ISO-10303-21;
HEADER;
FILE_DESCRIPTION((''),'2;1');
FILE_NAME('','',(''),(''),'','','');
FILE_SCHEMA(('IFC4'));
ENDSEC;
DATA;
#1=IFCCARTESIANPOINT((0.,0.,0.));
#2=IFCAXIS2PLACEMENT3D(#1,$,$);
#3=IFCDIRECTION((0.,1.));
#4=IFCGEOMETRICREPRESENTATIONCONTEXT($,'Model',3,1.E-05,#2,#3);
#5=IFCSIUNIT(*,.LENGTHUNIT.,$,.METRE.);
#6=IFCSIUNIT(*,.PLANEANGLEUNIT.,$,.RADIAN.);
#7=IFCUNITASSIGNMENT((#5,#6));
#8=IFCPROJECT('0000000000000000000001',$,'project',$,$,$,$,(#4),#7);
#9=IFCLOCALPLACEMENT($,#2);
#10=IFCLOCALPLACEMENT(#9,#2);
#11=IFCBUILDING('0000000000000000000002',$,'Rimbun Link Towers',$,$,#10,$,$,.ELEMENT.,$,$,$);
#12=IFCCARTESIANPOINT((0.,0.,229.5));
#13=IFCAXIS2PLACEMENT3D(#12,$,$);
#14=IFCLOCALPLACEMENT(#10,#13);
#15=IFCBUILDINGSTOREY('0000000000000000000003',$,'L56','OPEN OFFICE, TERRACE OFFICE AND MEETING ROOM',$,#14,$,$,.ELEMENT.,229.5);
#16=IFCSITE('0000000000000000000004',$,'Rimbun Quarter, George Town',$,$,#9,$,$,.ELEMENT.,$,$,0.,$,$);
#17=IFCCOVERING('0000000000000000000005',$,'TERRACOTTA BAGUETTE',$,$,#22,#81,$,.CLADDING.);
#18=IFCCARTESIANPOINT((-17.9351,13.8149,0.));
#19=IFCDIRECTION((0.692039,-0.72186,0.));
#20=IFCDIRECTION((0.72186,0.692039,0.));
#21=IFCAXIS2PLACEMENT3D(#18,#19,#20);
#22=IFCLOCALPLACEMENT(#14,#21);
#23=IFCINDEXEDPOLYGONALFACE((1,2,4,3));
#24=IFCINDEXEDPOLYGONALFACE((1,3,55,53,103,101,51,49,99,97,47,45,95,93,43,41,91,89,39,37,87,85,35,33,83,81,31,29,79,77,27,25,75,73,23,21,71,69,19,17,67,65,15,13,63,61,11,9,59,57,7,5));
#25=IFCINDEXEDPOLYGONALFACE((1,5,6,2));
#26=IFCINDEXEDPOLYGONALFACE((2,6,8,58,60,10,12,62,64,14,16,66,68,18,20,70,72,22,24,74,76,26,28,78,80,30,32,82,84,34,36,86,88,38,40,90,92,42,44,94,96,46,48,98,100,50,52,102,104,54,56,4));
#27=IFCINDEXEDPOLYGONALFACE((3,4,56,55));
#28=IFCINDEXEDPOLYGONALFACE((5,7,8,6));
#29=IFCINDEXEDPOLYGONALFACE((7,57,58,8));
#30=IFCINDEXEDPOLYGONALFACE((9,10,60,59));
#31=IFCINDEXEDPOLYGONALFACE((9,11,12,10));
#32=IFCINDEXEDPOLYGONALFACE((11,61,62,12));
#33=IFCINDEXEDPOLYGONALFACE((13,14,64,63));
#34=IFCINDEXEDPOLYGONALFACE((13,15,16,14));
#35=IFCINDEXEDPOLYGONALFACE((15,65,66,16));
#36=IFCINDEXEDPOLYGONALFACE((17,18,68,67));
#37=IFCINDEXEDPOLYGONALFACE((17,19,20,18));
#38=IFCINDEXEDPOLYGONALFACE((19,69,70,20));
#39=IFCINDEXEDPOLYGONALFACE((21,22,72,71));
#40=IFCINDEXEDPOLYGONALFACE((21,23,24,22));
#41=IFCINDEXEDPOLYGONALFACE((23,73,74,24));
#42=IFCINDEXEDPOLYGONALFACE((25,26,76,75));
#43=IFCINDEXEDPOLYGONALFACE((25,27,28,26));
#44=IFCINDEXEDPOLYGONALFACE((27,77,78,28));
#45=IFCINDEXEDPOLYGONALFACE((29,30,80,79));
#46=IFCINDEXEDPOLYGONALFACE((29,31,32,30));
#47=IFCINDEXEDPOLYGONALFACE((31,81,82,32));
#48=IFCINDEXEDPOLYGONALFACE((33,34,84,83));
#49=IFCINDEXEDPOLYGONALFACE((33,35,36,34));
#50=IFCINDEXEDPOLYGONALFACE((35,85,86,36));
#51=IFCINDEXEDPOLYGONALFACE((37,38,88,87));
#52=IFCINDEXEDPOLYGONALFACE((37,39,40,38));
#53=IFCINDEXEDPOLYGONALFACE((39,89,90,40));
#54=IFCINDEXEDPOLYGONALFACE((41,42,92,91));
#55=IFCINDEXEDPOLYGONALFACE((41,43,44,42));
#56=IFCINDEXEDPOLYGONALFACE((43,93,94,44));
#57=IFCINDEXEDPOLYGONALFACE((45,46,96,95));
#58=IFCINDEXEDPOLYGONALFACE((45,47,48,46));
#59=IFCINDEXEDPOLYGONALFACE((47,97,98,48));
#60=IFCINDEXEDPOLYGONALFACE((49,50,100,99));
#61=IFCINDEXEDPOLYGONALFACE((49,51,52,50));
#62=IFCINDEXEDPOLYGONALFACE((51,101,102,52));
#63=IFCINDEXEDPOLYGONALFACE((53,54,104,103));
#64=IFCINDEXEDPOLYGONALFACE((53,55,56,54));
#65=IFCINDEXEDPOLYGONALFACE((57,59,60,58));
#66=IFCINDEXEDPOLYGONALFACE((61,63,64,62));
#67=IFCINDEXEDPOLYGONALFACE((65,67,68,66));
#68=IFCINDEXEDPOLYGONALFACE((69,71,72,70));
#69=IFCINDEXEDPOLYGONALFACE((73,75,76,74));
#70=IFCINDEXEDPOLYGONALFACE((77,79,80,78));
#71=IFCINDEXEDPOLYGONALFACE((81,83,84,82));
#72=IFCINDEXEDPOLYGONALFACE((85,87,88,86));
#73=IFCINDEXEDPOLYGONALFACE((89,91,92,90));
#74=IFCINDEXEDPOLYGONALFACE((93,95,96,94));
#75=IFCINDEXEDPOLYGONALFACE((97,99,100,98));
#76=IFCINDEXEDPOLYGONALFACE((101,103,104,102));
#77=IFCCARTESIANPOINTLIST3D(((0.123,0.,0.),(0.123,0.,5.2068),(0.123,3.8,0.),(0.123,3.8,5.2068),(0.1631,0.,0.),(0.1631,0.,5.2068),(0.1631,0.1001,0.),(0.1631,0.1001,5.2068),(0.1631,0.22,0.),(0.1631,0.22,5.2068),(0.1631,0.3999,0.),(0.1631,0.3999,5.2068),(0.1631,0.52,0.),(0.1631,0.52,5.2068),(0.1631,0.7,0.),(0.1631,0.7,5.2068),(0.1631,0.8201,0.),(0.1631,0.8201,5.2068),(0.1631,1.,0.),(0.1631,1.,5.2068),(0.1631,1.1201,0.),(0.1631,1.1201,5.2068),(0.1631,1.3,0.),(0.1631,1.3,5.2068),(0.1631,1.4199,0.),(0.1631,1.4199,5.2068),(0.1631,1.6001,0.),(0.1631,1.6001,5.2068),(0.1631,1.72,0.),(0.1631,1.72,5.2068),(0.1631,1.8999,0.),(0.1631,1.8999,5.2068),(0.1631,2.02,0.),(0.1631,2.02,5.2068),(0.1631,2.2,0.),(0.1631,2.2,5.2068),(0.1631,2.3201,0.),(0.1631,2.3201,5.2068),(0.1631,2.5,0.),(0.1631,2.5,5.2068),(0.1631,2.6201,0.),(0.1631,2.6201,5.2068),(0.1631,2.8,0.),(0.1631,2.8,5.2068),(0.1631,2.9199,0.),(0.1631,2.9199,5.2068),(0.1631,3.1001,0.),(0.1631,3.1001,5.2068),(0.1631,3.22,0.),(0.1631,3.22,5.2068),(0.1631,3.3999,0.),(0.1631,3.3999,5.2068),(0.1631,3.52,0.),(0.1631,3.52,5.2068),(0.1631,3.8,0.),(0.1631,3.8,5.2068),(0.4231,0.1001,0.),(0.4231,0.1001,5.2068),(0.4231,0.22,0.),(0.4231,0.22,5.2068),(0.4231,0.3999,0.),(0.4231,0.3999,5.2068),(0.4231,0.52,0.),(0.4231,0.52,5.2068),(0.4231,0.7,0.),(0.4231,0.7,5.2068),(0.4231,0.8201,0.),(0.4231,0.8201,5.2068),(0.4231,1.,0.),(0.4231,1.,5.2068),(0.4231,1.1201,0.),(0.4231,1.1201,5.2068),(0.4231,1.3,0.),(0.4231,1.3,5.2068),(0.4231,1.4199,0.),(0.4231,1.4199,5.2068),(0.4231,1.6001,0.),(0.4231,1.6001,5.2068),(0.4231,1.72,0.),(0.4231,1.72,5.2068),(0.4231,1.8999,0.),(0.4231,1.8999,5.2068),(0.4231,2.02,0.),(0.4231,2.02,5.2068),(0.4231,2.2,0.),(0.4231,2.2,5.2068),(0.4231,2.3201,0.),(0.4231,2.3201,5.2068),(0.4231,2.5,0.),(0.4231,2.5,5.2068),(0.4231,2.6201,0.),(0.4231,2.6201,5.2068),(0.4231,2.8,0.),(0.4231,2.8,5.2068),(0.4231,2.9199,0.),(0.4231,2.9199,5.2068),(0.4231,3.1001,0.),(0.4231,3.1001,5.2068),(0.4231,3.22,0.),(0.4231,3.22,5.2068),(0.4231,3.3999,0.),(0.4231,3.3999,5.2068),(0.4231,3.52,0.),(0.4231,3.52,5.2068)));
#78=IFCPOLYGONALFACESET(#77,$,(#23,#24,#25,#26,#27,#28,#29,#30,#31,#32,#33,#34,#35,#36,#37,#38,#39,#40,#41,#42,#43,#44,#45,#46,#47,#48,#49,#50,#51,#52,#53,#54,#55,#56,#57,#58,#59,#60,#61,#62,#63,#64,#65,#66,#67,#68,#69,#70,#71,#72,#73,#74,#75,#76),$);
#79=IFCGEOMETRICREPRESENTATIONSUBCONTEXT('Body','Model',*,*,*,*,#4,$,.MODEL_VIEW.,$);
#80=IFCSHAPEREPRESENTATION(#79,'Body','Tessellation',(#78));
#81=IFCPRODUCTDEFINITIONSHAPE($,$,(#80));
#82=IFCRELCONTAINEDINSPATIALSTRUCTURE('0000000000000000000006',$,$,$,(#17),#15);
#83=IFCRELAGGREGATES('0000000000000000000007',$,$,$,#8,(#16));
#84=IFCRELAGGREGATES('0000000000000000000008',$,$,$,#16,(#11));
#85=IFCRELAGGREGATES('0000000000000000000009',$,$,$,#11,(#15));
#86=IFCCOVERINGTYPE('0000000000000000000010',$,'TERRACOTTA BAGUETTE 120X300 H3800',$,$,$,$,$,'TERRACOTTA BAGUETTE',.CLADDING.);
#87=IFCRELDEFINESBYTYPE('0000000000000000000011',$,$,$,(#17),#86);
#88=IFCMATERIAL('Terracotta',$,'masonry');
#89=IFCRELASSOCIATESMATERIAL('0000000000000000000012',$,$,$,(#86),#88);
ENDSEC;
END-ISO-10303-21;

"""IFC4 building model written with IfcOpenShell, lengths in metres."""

from ifc_helpers import new_model, si_unit, direction, frame, origin, place, context, subcontext, project, spatial, polyline, outline, extrude, material, material_profile, profile_set, type_object, element, save


model = new_model("IFC4")

# Units and contexts
model_context = context("Model", 3, precision=1e-05, world=origin(), true_north=direction((0.0, 1.0)))
body_context = subcontext(model_context, "Body", "Model", "MODEL_VIEW")
ifc_project = project(units=[si_unit("LENGTHUNIT", "METRE"), si_unit("PLANEANGLEUNIT", "RADIAN")], contexts=[model_context])

# Site, building, storey
site_placement = place(None, origin())
site = spatial("IfcSite", under=ifc_project, at=site_placement, Name="Rimbun Quarter, George Town", CompositionType="ELEMENT", RefElevation=0.0)
building_placement = place(site_placement, origin())
building = spatial("IfcBuilding", under=site, at=building_placement, Name="Rimbun Link Towers", CompositionType="ELEMENT")
storey_placement = place(building_placement, frame((0.0, 0.0, 229.5)))
storey = spatial("IfcBuildingStorey", under=building, at=storey_placement, Name="L56", Description="OPEN OFFICE, TERRACE OFFICE AND MEETING ROOM", CompositionType="ELEMENT", Elevation=229.5)

# Covering
ifc_material_1 = material(Name="Terracotta", Category="masonry")
ifc_material_profile_1 = material_profile(ifc_material_1, outline(polyline([(0.123, 0.0), (0.1631, 0.0), (0.1631, 0.1001), (0.4231, 0.1001), (0.4231, 0.22), (0.1631, 0.22), (0.1631, 0.3999), (0.4231, 0.3999), (0.4231, 0.52), (0.1631, 0.52), (0.1631, 0.7), (0.4231, 0.7), (0.4231, 0.8201), (0.1631, 0.8201), (0.1631, 1.0), (0.4231, 1.0), (0.4231, 1.1201), (0.1631, 1.1201), (0.1631, 1.3), (0.4231, 1.3), (0.4231, 1.4199), (0.1631, 1.4199), (0.1631, 1.6001), (0.4231, 1.6001), (0.4231, 1.72), (0.1631, 1.72), (0.1631, 1.8999), (0.4231, 1.8999), (0.4231, 2.02), (0.1631, 2.02), (0.1631, 2.2), (0.4231, 2.2), (0.4231, 2.3201), (0.1631, 2.3201), (0.1631, 2.5), (0.4231, 2.5), (0.4231, 2.6201), (0.1631, 2.6201), (0.1631, 2.8), (0.4231, 2.8), (0.4231, 2.9199), (0.1631, 2.9199), (0.1631, 3.1001), (0.4231, 3.1001), (0.4231, 3.22), (0.1631, 3.22), (0.1631, 3.3999), (0.4231, 3.3999), (0.4231, 3.52), (0.1631, 3.52), (0.1631, 3.8), (0.123, 3.8), (0.123, 0.0)])), Name="BAGUETTE 120X300")
ifc_profile_set_1 = profile_set([ifc_material_profile_1], Name="Terracotta")
covering_type = type_object("IfcCoveringType", Name="TERRACOTTA BAGUETTE 120X300 H3800", ElementType="TERRACOTTA BAGUETTE", PredefinedType="CLADDING", material=ifc_profile_set_1)
covering_1_placement = place(storey_placement, frame((-17.9351, 13.8149, 0.0), z_axis=(0.692039, -0.72186, 0.0), x_axis=(0.72186, 0.692039, 0.0)))
element("IfcCovering", 1, at=covering_1_placement, inside=storey, type_object=covering_type, Name="TERRACOTTA BAGUETTE", PredefinedType="CLADDING", context=body_context, shape_type="SweptSolid", body=[
    extrude(outline(polyline([(0.123, 0.0), (0.1631, 0.0), (0.1631, 0.1001), (0.4231, 0.1001), (0.4231, 0.22), (0.1631, 0.22), (0.1631, 0.3999), (0.4231, 0.3999), (0.4231, 0.52), (0.1631, 0.52), (0.1631, 0.7), (0.4231, 0.7), (0.4231, 0.8201), (0.1631, 0.8201), (0.1631, 1.0), (0.4231, 1.0), (0.4231, 1.1201), (0.1631, 1.1201), (0.1631, 1.3), (0.4231, 1.3), (0.4231, 1.4199), (0.1631, 1.4199), (0.1631, 1.6001), (0.4231, 1.6001), (0.4231, 1.72), (0.1631, 1.72), (0.1631, 1.8999), (0.4231, 1.8999), (0.4231, 2.02), (0.1631, 2.02), (0.1631, 2.2), (0.4231, 2.2), (0.4231, 2.3201), (0.1631, 2.3201), (0.1631, 2.5), (0.4231, 2.5), (0.4231, 2.6201), (0.1631, 2.6201), (0.1631, 2.8), (0.4231, 2.8), (0.4231, 2.9199), (0.1631, 2.9199), (0.1631, 3.1001), (0.4231, 3.1001), (0.4231, 3.22), (0.1631, 3.22), (0.1631, 3.3999), (0.4231, 3.3999), (0.4231, 3.52), (0.1631, 3.52), (0.1631, 3.8), (0.123, 3.8), (0.123, 0.0)])), origin(), (0.0, 0.0, 1.0), 5.2068),
])

save(model, "model.ifc")
